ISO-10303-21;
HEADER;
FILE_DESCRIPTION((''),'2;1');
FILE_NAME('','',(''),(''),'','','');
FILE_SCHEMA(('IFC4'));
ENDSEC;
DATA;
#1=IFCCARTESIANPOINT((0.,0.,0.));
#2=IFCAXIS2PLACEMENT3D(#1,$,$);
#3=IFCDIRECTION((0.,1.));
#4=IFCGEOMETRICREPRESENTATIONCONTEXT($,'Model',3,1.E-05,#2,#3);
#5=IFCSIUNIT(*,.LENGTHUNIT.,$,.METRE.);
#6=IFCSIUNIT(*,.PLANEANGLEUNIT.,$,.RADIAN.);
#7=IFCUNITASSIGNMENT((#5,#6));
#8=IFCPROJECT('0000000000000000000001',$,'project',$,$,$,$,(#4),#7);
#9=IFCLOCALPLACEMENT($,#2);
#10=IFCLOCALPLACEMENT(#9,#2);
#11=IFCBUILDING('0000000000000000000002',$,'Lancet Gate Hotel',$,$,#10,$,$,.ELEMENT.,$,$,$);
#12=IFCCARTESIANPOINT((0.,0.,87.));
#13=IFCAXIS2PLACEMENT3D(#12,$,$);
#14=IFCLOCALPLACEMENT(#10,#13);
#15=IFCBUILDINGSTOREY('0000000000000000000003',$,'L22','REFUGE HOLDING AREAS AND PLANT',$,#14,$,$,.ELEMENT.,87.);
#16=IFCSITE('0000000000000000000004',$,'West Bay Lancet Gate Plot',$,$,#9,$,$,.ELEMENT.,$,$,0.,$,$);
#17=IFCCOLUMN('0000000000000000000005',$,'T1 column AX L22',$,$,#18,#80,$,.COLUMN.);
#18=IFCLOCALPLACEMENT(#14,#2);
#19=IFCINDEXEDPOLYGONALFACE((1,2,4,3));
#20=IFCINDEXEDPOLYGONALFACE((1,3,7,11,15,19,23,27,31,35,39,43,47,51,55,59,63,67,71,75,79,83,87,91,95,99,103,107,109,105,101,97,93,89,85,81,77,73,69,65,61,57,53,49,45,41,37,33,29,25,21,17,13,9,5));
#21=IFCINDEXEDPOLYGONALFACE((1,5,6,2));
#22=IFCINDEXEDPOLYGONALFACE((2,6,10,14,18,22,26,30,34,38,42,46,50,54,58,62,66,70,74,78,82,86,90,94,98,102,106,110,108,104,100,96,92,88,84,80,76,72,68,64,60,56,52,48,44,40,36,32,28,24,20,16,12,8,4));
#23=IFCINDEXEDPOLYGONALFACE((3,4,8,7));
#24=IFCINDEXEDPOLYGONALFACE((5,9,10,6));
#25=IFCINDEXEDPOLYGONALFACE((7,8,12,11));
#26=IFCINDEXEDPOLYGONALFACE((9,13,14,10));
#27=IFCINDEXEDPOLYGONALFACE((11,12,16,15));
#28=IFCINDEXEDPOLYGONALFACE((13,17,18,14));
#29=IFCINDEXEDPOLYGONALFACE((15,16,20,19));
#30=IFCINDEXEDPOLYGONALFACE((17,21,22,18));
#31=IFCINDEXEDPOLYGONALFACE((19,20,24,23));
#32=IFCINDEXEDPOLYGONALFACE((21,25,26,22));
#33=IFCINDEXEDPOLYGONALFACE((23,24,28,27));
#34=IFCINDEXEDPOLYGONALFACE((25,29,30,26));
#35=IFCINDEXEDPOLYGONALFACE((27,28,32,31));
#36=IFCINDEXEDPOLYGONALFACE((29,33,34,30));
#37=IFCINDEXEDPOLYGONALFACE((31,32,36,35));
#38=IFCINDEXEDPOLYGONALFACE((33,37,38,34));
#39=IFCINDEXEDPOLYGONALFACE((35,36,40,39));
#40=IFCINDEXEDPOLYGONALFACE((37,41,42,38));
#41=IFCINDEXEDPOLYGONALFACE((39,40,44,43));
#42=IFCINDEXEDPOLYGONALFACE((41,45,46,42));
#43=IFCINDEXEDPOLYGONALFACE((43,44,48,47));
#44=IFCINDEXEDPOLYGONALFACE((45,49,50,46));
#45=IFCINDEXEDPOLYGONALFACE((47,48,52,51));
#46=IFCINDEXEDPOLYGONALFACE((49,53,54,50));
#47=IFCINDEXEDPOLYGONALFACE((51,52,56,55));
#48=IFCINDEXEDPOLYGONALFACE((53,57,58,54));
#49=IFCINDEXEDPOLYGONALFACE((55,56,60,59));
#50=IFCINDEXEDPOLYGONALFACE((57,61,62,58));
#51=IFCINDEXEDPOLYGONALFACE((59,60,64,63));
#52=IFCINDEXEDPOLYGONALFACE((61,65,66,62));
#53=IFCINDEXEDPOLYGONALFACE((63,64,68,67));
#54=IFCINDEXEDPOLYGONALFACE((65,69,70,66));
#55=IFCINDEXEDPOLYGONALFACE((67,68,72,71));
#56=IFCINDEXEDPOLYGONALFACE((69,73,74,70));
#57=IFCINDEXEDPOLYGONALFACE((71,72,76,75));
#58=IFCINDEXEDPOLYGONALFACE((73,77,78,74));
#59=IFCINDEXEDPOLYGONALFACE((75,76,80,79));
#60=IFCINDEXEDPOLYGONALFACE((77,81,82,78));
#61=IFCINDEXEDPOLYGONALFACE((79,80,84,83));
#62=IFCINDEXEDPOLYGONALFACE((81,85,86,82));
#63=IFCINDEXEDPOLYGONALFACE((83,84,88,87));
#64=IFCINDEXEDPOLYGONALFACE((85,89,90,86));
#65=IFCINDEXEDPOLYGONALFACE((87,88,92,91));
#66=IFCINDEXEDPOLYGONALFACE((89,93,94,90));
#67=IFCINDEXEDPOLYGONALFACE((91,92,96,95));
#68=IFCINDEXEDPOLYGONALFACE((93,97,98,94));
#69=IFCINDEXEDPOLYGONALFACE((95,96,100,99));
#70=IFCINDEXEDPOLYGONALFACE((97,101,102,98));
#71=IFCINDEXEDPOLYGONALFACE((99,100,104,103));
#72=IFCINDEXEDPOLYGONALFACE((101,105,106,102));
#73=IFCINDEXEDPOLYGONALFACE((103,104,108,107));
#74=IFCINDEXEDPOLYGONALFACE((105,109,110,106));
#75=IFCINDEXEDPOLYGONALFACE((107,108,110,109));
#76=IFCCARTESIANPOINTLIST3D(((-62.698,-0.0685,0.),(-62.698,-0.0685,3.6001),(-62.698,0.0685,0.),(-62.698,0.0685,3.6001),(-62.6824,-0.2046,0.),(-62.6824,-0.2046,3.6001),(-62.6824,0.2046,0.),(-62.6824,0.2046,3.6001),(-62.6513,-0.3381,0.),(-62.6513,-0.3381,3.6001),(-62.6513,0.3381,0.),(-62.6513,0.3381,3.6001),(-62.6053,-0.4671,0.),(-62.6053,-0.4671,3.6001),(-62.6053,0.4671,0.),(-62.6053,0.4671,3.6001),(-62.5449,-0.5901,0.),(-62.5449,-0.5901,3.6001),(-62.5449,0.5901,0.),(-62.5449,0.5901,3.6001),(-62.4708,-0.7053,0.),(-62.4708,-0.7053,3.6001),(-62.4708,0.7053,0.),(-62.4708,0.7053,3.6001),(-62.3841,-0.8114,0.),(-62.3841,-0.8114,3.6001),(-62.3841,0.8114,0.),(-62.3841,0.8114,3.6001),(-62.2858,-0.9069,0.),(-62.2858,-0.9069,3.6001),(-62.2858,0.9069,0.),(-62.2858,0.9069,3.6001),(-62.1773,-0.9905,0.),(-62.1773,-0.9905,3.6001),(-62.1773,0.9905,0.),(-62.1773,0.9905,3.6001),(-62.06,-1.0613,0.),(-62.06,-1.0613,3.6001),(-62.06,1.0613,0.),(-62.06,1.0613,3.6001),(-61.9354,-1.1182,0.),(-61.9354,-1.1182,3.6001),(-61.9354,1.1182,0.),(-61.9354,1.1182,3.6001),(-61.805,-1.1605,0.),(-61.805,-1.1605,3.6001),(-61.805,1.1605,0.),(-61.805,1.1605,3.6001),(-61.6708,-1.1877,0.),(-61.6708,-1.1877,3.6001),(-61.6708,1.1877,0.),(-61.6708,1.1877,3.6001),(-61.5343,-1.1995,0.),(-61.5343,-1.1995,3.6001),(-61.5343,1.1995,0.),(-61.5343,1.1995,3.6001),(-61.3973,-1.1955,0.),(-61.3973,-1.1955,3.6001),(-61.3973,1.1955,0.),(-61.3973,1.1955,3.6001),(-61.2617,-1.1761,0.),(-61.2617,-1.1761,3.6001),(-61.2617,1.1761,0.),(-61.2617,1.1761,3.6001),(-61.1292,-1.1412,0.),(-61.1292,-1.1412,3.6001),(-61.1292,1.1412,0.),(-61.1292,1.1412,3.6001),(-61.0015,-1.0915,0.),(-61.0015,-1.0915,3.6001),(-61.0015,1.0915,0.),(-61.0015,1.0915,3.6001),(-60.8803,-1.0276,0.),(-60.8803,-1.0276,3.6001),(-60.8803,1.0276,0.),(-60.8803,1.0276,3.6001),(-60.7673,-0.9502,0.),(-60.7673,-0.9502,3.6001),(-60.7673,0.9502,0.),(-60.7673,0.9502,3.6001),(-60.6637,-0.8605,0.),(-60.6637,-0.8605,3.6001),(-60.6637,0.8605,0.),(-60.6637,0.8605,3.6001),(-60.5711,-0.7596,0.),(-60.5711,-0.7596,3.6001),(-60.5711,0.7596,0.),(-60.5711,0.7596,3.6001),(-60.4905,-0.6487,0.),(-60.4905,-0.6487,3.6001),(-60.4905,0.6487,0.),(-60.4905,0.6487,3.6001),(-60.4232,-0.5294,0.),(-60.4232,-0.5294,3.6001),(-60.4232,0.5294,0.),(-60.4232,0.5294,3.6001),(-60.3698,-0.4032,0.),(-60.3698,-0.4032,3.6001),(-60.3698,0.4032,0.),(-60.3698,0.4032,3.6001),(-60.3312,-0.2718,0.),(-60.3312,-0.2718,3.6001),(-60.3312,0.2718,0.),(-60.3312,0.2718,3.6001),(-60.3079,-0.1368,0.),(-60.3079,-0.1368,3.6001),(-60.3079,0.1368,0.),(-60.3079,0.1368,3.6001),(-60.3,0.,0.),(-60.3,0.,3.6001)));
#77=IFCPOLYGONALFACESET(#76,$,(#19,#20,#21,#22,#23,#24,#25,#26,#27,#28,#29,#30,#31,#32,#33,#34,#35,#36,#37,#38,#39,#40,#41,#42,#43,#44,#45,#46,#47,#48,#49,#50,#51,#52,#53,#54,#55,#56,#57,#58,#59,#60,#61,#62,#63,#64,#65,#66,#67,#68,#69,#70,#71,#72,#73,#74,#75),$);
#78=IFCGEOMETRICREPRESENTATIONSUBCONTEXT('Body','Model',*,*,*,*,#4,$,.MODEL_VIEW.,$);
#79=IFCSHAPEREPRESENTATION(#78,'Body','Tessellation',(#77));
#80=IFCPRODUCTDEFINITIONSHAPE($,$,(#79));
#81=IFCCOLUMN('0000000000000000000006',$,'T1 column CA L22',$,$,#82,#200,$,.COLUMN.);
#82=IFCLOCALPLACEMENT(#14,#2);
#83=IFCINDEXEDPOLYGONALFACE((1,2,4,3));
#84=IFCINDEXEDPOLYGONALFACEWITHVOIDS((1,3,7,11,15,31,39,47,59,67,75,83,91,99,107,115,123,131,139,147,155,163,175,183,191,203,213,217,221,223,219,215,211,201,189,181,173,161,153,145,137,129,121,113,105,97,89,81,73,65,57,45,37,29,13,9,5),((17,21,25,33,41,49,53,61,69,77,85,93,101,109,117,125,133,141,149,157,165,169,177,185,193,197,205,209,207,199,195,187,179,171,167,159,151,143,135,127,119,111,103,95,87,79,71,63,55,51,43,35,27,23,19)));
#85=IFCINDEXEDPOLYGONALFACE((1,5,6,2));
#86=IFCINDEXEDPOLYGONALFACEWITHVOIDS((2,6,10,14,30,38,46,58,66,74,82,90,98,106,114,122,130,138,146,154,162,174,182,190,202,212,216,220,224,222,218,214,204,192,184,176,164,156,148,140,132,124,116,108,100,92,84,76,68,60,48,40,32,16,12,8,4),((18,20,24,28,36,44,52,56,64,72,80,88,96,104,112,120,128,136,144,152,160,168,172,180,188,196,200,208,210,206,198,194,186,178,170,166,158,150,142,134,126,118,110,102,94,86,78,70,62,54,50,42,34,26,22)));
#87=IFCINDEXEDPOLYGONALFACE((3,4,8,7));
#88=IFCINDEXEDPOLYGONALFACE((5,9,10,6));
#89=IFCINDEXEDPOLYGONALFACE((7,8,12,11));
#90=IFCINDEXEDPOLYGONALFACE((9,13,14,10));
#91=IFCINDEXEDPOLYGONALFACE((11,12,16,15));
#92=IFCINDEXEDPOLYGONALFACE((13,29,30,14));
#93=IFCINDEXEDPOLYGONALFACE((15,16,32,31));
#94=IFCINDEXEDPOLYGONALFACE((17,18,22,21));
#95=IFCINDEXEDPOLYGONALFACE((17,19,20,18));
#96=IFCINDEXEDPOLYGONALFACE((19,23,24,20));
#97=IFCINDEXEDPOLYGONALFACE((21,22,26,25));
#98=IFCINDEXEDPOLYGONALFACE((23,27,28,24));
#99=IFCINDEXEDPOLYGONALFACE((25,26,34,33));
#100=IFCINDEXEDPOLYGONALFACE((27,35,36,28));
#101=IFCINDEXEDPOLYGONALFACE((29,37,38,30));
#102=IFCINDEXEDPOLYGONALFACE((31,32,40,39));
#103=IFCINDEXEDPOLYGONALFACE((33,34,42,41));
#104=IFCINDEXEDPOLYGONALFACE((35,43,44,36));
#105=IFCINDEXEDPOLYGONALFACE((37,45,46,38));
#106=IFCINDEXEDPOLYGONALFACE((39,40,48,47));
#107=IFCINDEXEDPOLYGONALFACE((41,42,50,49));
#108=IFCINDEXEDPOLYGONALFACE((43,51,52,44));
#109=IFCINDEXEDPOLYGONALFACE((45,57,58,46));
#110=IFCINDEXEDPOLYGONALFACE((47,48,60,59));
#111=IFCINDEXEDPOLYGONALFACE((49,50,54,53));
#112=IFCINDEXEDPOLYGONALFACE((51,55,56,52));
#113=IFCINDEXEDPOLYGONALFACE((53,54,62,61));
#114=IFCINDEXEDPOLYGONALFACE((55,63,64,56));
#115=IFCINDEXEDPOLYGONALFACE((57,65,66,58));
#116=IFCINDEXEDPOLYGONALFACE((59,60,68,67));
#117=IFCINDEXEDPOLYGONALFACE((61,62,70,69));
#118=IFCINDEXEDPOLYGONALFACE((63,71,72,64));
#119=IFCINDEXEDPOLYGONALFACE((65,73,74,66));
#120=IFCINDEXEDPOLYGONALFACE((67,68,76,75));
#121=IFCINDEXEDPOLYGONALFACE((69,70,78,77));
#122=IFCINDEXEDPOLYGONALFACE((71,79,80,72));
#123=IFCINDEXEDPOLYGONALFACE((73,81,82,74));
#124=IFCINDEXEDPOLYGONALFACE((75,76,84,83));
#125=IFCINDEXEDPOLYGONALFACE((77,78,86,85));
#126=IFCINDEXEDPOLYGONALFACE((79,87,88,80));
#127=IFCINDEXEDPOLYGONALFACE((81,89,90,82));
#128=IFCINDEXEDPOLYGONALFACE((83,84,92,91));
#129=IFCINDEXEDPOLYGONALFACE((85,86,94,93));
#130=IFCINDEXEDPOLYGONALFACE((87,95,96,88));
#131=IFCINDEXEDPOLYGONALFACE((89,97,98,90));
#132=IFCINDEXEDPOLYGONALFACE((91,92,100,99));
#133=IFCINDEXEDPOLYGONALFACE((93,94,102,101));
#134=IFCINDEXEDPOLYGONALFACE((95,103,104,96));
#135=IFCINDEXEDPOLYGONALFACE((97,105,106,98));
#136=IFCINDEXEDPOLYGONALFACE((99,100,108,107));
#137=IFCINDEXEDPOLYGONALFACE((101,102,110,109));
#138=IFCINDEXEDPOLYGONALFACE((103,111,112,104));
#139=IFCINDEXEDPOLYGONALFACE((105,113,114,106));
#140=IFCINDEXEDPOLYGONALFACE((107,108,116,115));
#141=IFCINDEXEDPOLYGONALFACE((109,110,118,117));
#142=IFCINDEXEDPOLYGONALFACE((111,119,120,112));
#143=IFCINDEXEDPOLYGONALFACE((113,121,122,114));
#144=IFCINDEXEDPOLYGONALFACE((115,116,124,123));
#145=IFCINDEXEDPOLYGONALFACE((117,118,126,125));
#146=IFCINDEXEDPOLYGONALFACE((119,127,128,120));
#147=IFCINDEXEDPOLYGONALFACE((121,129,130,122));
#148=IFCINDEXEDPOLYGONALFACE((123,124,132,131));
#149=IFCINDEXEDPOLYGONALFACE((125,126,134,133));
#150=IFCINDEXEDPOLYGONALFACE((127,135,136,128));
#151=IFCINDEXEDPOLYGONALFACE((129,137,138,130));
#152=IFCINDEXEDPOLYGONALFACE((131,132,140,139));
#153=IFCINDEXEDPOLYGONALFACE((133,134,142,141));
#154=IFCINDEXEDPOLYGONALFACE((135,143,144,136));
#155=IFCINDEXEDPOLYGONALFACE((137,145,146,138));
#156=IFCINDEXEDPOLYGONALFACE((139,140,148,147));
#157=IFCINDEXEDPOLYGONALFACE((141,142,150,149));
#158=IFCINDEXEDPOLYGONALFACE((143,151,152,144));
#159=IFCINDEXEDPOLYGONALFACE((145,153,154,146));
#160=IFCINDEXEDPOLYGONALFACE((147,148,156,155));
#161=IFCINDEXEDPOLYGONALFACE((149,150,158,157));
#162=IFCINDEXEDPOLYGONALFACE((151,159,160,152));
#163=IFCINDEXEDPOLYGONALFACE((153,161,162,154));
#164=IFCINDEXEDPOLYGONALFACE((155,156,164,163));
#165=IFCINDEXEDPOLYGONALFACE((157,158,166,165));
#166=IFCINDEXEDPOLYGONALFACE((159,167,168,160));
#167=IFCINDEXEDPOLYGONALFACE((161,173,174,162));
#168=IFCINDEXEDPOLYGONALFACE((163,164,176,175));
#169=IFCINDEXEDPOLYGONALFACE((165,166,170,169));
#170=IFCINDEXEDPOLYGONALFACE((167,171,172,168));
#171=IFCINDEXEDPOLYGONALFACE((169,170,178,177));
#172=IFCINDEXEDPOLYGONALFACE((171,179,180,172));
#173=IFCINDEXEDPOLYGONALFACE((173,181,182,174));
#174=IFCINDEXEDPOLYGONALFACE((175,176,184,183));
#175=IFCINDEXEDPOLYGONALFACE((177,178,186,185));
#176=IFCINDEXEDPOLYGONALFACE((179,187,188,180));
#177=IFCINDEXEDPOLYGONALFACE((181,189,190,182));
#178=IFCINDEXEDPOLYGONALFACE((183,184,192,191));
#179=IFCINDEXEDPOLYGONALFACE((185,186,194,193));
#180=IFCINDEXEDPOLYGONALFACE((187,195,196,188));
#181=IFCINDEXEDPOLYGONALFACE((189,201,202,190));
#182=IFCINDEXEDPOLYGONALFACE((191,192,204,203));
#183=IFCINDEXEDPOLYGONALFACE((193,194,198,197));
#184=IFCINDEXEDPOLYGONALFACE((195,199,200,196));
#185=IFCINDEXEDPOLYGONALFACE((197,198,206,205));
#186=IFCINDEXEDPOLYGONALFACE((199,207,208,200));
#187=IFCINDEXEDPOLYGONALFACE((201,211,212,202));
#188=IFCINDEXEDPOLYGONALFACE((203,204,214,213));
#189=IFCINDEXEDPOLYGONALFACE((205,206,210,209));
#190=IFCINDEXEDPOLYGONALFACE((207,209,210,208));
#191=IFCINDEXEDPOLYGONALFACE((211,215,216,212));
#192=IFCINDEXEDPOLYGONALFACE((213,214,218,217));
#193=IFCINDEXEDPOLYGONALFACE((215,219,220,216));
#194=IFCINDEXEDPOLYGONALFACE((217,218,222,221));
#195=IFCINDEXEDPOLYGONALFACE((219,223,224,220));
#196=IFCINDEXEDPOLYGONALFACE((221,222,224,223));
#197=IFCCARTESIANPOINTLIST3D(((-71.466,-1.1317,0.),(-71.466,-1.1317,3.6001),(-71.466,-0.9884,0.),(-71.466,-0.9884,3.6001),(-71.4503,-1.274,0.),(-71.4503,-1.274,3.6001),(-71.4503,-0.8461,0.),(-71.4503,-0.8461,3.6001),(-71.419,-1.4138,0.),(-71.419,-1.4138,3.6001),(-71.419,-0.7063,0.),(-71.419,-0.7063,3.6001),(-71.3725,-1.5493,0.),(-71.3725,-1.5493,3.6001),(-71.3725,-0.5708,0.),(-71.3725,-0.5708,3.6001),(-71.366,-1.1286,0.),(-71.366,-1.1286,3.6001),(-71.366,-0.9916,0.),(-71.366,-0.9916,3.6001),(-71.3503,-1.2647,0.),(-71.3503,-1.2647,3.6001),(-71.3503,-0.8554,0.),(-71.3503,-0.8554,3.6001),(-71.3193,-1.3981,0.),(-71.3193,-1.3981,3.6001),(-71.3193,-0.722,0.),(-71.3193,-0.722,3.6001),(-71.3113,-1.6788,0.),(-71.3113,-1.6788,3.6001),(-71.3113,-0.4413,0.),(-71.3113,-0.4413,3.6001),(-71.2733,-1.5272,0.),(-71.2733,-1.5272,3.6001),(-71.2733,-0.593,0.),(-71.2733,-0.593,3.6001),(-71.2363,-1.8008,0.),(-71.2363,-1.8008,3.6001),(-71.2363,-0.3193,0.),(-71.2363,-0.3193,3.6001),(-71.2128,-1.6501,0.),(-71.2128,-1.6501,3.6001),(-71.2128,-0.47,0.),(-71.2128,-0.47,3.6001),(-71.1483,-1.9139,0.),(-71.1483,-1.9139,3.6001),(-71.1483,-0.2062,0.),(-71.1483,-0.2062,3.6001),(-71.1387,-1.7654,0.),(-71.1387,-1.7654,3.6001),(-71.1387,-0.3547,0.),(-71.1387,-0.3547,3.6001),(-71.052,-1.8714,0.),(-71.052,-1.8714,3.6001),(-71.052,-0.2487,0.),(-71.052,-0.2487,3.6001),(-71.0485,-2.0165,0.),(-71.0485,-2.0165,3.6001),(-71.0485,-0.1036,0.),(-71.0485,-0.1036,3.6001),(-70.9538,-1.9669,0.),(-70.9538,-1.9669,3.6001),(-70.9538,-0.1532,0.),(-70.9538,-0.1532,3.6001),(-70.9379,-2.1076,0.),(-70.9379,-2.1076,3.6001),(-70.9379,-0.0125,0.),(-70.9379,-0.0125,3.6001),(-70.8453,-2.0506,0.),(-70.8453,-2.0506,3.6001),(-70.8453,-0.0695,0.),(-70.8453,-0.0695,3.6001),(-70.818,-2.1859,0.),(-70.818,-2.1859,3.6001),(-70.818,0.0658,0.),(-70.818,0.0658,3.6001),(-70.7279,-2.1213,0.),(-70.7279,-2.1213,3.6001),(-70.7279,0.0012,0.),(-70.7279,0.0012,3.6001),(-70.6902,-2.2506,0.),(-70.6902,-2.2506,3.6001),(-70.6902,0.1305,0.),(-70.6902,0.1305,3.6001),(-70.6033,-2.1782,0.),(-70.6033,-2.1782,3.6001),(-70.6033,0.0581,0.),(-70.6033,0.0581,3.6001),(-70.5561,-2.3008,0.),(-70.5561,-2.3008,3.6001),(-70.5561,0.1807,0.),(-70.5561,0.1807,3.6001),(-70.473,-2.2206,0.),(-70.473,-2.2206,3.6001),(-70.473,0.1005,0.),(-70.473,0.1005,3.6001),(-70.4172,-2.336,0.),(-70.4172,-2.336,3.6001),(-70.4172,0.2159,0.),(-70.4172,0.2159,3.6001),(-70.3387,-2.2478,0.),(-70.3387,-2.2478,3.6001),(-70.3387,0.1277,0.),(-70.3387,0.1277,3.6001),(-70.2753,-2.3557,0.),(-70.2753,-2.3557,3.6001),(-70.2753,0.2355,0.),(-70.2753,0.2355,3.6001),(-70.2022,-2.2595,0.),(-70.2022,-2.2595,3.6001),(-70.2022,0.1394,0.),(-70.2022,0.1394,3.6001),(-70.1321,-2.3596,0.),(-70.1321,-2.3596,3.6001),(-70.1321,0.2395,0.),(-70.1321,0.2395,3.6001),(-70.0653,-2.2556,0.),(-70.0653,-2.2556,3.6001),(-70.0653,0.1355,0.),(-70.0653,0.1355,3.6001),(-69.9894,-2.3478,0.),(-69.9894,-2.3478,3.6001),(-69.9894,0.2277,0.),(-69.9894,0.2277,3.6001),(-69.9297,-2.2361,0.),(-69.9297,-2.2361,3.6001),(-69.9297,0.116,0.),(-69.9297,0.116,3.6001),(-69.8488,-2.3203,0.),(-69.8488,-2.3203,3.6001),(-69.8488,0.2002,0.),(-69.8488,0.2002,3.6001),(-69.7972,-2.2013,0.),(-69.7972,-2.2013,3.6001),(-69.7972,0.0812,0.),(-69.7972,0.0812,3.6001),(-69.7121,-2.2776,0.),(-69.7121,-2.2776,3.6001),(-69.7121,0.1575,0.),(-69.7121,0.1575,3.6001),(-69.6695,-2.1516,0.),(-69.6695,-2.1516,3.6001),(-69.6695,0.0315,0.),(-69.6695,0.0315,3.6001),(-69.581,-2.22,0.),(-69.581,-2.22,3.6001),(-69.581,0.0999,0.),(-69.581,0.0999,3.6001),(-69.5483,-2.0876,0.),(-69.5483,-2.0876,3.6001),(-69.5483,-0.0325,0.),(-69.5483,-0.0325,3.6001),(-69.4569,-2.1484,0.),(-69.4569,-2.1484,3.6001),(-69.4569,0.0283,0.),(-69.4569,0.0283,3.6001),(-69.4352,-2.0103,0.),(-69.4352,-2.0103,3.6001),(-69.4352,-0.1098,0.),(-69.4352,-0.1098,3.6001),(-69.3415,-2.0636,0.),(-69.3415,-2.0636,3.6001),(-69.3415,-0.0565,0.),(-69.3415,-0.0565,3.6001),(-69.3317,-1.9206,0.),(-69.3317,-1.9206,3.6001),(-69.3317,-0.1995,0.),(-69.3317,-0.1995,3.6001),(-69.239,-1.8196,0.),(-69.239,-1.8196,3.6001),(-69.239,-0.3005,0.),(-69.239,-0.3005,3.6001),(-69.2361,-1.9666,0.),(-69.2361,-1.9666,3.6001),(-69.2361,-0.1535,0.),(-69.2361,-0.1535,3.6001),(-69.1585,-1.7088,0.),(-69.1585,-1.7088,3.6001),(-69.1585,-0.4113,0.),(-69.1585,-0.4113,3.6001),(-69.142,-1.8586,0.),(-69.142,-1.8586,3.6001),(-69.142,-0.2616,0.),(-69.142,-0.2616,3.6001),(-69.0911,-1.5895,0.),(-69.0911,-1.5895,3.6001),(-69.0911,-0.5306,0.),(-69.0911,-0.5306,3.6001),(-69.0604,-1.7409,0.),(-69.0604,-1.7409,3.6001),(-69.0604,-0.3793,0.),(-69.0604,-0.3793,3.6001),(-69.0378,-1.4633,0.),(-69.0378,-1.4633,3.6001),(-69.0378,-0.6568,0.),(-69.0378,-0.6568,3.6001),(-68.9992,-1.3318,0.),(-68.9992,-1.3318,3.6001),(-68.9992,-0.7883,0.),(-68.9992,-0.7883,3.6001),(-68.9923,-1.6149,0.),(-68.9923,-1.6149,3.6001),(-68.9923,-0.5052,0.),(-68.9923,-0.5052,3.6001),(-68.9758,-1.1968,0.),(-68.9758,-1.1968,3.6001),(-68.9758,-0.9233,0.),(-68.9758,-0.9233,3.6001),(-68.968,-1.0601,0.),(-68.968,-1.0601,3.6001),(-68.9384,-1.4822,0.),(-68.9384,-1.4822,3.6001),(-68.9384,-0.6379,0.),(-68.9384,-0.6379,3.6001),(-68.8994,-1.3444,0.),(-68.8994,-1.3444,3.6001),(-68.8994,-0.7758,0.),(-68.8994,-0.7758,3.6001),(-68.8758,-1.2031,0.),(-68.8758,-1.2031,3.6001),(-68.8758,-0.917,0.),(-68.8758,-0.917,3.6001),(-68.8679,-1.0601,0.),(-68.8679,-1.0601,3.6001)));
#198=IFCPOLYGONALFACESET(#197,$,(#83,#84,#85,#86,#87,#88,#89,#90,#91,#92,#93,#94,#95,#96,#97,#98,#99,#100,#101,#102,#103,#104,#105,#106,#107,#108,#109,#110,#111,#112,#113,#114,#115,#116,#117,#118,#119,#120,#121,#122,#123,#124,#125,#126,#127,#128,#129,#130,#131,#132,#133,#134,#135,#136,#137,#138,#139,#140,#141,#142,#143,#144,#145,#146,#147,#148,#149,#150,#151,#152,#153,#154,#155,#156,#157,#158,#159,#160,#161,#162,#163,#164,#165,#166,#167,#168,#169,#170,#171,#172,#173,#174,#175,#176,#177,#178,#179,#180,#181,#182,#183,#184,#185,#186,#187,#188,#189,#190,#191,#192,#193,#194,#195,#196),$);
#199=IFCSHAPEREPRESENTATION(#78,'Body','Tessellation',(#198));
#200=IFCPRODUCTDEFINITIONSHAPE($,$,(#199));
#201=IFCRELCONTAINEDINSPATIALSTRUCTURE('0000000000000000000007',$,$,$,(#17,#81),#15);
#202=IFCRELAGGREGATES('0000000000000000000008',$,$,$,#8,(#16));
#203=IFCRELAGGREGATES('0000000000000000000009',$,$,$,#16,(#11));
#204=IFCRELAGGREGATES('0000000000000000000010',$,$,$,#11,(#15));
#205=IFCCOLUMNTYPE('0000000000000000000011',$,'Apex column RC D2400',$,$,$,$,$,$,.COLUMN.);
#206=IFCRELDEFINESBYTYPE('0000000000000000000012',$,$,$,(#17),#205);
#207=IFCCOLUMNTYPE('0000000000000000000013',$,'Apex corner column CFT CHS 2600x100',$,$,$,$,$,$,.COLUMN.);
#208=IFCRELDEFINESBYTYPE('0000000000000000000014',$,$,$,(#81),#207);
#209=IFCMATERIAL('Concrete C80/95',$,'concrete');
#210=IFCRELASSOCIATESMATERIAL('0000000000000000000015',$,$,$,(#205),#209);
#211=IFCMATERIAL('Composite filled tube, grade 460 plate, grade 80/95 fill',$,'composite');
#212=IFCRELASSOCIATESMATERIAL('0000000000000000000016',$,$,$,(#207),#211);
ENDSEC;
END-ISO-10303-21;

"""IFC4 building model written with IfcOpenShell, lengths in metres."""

from ifc_helpers import new_model, si_unit, direction, frame, origin, origin_2d, place, context, subcontext, project, spatial, circle, hollow_circle, extrude, material, material_profile, profile_set, type_object, element, save


model = new_model("IFC4")

# Units and contexts
model_context = context("Model", 3, precision=1e-05, world=origin(), true_north=direction((0.0, 1.0)))
body_context = subcontext(model_context, "Body", "Model", "MODEL_VIEW")
ifc_project = project(units=[si_unit("LENGTHUNIT", "METRE"), si_unit("PLANEANGLEUNIT", "RADIAN")], contexts=[model_context])

# Site, building, storey
site_placement = place(None, origin())
site = spatial("IfcSite", under=ifc_project, at=site_placement, Name="West Bay Lancet Gate Plot", CompositionType="ELEMENT", RefElevation=0.0)
building_placement = place(site_placement, origin())
building = spatial("IfcBuilding", under=site, at=building_placement, Name="Lancet Gate Hotel", CompositionType="ELEMENT")
storey_placement = place(building_placement, frame((0.0, 0.0, 87.0)))
storey = spatial("IfcBuildingStorey", under=building, at=storey_placement, Name="L22", Description="REFUGE HOLDING AREAS AND PLANT", CompositionType="ELEMENT", Elevation=87.0)

# Columns
ifc_material_1 = material(Name="Concrete C80/95", Category="concrete")
ifc_material_profile_1 = material_profile(ifc_material_1, circle(Radius=1.2, at=origin_2d()), Name="RC D2400")
ifc_profile_set_1 = profile_set([ifc_material_profile_1], Name="Concrete C80/95")
column_type_1 = type_object("IfcColumnType", Name="Apex column RC D2400", PredefinedType="COLUMN", material=ifc_profile_set_1)
column_1_placement = place(storey_placement, frame((-61.5, 0.0, 0.0), z_axis=(0.0, 0.0, 1.0), x_axis=(1.0, 0.0, 0.0)))
element("IfcColumn", 1, at=column_1_placement, inside=storey, type_object=column_type_1, Name="T1 column AX L22", PredefinedType="COLUMN", context=body_context, shape_type="SweptSolid", body=[
    extrude(circle(Radius=1.2, at=origin_2d()), origin(), (0.0, 0.0, 1.0), 3.6001),
])
ifc_material_2 = material(Name="Composite filled tube, grade 460 plate, grade 80/95 fill", Category="composite")
ifc_material_profile_2 = material_profile(ifc_material_2, hollow_circle(Radius=1.3, WallThickness=0.1001, at=origin_2d()), Name="CHS 2600x100")
ifc_profile_set_2 = profile_set([ifc_material_profile_2], Name="Composite filled tube, grade 460 plate, grade 80/95 fill")
column_type_2 = type_object("IfcColumnType", Name="Apex corner column CFT CHS 2600x100", PredefinedType="COLUMN", material=ifc_profile_set_2)
column_2_placement = place(storey_placement, frame((-70.168, -1.0601, 0.0), z_axis=(0.0, 0.0, 1.0), x_axis=(1.0, 0.0, 0.0)))
element("IfcColumn", 2, at=column_2_placement, inside=storey, type_object=column_type_2, Name="T1 column CA L22", PredefinedType="COLUMN", context=body_context, shape_type="SweptSolid", body=[
    extrude(hollow_circle(Radius=1.3, WallThickness=0.1001, at=origin_2d()), origin(), (0.0, 0.0, 1.0), 3.6001),
])

save(model, "model.ifc")
